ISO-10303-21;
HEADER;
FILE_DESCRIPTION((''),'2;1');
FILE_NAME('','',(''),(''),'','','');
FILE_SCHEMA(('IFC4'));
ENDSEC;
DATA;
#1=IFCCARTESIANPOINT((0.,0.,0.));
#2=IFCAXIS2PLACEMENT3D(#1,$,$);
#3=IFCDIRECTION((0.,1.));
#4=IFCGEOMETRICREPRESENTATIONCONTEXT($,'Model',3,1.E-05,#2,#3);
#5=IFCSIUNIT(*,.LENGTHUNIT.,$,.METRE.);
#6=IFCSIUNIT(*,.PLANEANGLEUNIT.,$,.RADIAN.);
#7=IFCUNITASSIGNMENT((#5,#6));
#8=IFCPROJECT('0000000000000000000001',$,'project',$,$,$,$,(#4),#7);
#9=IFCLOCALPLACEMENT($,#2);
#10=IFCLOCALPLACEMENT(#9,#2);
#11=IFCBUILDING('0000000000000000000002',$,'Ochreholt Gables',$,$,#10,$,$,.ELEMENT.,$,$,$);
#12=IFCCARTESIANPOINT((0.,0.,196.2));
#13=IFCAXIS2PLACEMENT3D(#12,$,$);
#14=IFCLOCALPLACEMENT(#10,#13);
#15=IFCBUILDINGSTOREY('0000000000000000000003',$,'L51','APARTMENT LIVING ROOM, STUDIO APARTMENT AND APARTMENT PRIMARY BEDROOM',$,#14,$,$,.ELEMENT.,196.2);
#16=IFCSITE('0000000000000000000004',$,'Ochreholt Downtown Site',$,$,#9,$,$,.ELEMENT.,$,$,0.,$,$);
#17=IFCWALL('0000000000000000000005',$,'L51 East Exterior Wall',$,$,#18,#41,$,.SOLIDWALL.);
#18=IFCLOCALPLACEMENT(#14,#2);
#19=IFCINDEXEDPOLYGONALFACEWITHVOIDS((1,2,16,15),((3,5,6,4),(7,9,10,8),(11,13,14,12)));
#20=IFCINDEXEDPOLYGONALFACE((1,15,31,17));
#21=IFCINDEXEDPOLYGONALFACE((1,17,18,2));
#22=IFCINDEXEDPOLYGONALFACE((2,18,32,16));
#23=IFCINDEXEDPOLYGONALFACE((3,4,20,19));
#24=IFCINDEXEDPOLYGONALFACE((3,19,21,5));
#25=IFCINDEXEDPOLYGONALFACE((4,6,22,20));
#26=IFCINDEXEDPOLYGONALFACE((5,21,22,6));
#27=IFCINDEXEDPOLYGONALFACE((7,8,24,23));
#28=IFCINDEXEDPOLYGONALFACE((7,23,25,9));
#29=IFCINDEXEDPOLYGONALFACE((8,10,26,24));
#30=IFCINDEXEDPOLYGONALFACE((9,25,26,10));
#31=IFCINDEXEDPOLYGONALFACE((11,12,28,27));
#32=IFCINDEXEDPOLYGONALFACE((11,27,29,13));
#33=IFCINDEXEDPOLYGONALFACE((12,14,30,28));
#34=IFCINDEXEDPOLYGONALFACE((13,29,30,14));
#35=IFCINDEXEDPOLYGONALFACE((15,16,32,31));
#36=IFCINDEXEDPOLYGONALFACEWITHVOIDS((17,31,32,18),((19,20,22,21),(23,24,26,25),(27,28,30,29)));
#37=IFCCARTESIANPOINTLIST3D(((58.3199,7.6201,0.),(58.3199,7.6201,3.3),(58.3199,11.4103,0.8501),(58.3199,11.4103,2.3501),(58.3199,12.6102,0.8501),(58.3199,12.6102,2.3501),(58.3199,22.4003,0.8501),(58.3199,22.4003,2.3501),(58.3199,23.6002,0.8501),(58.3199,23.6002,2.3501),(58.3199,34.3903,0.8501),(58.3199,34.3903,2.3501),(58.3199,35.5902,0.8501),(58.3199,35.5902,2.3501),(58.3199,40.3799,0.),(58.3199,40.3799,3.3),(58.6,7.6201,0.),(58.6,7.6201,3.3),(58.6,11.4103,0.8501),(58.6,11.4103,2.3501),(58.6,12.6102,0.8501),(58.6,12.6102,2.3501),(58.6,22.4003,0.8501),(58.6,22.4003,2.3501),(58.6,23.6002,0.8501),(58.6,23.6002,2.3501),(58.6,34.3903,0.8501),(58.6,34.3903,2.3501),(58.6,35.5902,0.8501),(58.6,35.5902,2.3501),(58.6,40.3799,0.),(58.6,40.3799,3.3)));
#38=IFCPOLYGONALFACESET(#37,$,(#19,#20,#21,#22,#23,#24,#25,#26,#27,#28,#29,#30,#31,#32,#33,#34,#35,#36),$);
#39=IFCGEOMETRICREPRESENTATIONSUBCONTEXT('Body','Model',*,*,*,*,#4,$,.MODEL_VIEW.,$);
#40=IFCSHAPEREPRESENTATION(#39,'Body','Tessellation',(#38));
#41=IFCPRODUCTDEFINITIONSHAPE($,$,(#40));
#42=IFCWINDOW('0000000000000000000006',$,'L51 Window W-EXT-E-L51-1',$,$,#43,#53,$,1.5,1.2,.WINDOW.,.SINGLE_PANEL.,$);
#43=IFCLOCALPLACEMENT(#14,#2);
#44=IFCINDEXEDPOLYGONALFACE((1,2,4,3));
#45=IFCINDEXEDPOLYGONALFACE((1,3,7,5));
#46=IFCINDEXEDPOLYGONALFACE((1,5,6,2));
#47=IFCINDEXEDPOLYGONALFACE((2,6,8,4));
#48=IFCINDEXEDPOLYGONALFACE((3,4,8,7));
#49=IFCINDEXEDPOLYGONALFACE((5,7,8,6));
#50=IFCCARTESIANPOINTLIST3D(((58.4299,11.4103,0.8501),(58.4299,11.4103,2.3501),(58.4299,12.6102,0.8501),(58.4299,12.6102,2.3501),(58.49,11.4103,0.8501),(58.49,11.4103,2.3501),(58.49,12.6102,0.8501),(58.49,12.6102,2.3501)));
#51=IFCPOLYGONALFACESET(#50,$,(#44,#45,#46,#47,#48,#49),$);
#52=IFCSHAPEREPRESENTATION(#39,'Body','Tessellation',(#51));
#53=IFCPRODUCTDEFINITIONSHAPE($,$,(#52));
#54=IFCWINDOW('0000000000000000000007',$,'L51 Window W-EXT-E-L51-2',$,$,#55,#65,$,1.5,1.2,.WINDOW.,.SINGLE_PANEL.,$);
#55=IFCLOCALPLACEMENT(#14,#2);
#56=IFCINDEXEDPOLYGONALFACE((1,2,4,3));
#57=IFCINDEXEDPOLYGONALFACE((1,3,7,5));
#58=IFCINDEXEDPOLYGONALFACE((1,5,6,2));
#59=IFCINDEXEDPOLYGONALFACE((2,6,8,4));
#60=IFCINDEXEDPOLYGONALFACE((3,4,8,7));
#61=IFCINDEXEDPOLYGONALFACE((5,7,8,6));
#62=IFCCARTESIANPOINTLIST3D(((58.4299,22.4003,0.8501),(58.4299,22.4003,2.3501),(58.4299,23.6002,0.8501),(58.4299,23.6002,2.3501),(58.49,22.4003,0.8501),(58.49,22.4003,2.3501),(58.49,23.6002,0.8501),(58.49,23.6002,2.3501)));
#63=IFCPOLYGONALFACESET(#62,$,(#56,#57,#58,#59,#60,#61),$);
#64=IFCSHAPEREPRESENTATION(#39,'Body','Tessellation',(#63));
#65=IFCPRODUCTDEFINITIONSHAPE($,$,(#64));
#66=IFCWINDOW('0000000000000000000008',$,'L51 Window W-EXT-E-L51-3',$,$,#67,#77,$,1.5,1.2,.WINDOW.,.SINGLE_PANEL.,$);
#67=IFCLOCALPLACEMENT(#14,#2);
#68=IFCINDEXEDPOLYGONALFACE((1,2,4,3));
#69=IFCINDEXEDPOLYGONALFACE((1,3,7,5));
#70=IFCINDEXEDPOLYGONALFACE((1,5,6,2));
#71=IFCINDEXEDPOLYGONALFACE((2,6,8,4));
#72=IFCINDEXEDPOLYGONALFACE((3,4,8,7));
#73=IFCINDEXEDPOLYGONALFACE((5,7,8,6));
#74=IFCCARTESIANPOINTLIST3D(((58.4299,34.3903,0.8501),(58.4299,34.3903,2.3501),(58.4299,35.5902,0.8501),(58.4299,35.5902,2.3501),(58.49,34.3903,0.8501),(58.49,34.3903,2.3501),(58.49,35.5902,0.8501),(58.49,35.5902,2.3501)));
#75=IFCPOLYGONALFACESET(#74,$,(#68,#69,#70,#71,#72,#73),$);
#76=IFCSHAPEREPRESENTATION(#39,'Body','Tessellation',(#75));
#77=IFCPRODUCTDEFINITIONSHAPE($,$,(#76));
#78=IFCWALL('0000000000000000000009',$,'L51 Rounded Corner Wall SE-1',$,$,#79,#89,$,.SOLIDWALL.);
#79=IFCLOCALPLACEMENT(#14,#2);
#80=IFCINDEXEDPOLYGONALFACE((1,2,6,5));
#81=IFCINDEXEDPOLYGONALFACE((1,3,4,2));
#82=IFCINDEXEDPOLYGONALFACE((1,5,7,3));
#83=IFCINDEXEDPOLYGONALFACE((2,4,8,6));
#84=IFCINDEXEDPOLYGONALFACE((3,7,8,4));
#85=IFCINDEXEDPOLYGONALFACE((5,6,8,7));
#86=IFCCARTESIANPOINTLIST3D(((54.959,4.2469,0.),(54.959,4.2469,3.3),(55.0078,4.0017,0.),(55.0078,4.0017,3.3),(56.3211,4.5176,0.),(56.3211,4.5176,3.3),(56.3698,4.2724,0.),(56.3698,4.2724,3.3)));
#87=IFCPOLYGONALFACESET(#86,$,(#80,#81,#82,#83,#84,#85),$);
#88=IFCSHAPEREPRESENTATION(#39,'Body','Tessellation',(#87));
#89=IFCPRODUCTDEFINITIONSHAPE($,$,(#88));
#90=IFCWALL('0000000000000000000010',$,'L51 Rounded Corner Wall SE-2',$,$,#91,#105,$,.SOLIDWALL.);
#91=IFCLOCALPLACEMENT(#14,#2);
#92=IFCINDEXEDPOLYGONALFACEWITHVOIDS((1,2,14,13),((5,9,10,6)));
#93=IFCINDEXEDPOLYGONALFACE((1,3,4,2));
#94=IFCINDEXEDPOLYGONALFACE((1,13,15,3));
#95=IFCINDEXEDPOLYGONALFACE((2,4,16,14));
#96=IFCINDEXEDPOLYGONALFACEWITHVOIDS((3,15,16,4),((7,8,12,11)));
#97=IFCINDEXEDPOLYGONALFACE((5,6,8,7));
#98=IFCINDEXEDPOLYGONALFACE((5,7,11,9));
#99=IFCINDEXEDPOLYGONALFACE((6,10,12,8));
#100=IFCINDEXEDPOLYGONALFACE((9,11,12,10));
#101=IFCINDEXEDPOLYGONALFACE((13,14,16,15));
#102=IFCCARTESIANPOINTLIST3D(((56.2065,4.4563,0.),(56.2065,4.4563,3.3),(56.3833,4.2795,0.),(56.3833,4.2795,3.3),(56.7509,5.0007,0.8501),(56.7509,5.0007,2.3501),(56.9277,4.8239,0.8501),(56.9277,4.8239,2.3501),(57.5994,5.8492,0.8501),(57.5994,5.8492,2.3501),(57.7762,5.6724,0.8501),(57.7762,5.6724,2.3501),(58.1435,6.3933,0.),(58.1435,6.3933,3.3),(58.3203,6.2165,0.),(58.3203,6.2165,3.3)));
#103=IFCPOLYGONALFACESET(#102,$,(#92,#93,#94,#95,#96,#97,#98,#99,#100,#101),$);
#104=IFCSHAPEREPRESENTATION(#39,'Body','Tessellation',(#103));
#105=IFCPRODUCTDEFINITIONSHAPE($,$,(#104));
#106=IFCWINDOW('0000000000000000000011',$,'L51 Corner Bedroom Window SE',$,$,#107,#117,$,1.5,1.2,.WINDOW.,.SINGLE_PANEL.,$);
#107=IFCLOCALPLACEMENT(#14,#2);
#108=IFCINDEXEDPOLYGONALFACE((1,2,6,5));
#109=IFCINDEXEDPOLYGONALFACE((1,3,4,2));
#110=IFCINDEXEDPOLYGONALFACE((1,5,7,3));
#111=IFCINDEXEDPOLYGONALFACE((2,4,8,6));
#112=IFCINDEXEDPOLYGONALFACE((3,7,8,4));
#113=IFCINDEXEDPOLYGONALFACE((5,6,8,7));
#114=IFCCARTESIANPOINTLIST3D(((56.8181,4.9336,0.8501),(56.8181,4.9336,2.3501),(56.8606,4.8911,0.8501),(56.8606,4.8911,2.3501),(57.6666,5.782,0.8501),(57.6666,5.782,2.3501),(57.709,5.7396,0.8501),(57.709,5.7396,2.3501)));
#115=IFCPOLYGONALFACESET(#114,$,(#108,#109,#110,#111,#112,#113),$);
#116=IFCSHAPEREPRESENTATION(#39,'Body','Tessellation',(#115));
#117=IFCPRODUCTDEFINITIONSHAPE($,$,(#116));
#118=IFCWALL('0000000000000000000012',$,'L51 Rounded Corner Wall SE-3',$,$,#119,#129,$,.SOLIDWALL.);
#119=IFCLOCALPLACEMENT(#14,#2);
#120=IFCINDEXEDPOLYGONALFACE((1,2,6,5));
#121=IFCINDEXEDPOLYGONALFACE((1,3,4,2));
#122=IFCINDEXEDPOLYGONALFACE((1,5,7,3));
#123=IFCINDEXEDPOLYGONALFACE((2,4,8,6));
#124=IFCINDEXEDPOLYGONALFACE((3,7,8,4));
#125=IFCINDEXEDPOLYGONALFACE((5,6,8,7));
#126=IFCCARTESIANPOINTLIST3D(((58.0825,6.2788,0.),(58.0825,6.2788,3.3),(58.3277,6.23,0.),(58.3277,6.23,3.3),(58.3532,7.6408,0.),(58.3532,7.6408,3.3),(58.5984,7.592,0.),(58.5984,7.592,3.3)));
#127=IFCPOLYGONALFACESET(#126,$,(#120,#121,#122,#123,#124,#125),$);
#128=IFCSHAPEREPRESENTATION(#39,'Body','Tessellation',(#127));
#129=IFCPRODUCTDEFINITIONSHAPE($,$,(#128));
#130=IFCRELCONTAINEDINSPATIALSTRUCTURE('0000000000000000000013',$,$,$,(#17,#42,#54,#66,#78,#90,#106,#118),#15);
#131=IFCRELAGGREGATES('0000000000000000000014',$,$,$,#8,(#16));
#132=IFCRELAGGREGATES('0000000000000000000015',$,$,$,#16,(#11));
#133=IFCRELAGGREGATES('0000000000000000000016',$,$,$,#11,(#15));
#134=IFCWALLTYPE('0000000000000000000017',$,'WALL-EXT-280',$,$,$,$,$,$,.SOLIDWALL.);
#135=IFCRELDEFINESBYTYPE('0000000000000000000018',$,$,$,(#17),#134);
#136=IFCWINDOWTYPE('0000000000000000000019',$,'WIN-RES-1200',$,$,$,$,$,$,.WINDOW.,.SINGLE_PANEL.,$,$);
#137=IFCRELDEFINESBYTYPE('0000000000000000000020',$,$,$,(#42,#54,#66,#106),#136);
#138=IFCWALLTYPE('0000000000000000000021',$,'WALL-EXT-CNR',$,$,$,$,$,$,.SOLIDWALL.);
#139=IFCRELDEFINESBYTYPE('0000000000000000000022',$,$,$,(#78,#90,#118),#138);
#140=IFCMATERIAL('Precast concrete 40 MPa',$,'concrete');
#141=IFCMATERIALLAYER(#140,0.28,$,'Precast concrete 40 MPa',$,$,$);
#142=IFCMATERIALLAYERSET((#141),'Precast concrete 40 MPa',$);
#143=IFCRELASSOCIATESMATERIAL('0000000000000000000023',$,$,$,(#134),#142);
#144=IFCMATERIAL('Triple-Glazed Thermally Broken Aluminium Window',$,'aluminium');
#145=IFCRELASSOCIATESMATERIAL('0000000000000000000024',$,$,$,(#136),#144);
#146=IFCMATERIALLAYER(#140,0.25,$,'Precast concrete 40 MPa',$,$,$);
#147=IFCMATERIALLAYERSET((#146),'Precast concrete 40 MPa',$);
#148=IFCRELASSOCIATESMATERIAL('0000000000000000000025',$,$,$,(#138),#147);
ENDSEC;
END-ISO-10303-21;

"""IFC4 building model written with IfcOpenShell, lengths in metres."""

from ifc_helpers import new_model, si_unit, direction, frame, frame_2d, origin, place, context, subcontext, project, spatial, rectangle, extrude, material, layer, layer_set, type_object, element, fill, save


model = new_model("IFC4")

# Units and contexts
model_context = context("Model", 3, precision=1e-05, world=origin(), true_north=direction((0.0, 1.0)))
body_context = subcontext(model_context, "Body", "Model", "MODEL_VIEW")
ifc_project = project(units=[si_unit("LENGTHUNIT", "METRE"), si_unit("PLANEANGLEUNIT", "RADIAN")], contexts=[model_context])

# Site, building, storey
site_placement = place(None, origin())
site = spatial("IfcSite", under=ifc_project, at=site_placement, Name="Ochreholt Downtown Site", CompositionType="ELEMENT", RefElevation=0.0)
building_placement = place(site_placement, origin())
building = spatial("IfcBuilding", under=site, at=building_placement, Name="Ochreholt Gables", CompositionType="ELEMENT")
storey_placement = place(building_placement, frame((0.0, 0.0, 196.2)))
storey = spatial("IfcBuildingStorey", under=building, at=storey_placement, Name="L51", Description="APARTMENT LIVING ROOM, STUDIO APARTMENT AND APARTMENT PRIMARY BEDROOM", CompositionType="ELEMENT", Elevation=196.2)

# Wall, openings, windows
ifc_material_1 = material(Name="Precast concrete 40 MPa", Category="concrete")
ifc_layer_1 = layer(ifc_material_1, 0.28, Name="Precast concrete 40 MPa")
ifc_layer_set_1 = layer_set([ifc_layer_1], Name="Precast concrete 40 MPa")
wall_type_1 = type_object("IfcWallType", Name="WALL-EXT-280", PredefinedType="SOLIDWALL", material=ifc_layer_set_1)
wall_1_placement = place(storey_placement, frame((58.46, 7.6201, 0.0), z_axis=(0.0, 0.0, 1.0), x_axis=(0.0, 1.0, 0.0)))
wall_1 = element("IfcWall", 1, at=wall_1_placement, inside=storey, type_object=wall_type_1, Name="L51 East Exterior Wall", PredefinedType="SOLIDWALL", context=body_context, shape_type="SweptSolid", body=[
    extrude(rectangle(XDim=32.7598, YDim=0.28, at=frame_2d((16.3799, 0.0))), origin(), (0.0, 0.0, 1.0), 3.3),
])
opening_1_placement = place(wall_1_placement, frame((3.79, 0.0, 0.8501)))
opening_1 = element("IfcOpeningElement", 2, at=opening_1_placement, cuts=wall_1, PredefinedType="OPENING", context=body_context, shape_type="SweptSolid", body=[
    extrude(rectangle(XDim=1.2, YDim=1.5, at=frame_2d((0.6001, 0.75))), frame((0.0, 0.1499, 0.0), z_axis=(0.0, -1.0, 0.0), x_axis=(1.0, 0.0, 0.0)), (0.0, 0.0, 1.0), 0.3),
])
opening_2_placement = place(wall_1_placement, frame((14.78, 0.0, 0.8501)))
opening_2 = element("IfcOpeningElement", 3, at=opening_2_placement, cuts=wall_1, PredefinedType="OPENING", context=body_context, shape_type="SweptSolid", body=[
    extrude(rectangle(XDim=1.2, YDim=1.5, at=frame_2d((0.6001, 0.75))), frame((0.0, 0.1499, 0.0), z_axis=(0.0, -1.0, 0.0), x_axis=(1.0, 0.0, 0.0)), (0.0, 0.0, 1.0), 0.3),
])
opening_3_placement = place(wall_1_placement, frame((26.77, 0.0, 0.8501)))
opening_3 = element("IfcOpeningElement", 4, at=opening_3_placement, cuts=wall_1, PredefinedType="OPENING", context=body_context, shape_type="SweptSolid", body=[
    extrude(rectangle(XDim=1.2, YDim=1.5, at=frame_2d((0.6001, 0.75))), frame((0.0, 0.1499, 0.0), z_axis=(0.0, -1.0, 0.0), x_axis=(1.0, 0.0, 0.0)), (0.0, 0.0, 1.0), 0.3),
])
ifc_material_2 = material(Name="Triple-Glazed Thermally Broken Aluminium Window", Category="aluminium")
window_type = type_object("IfcWindowType", Name="WIN-RES-1200", PartitioningType="SINGLE_PANEL", PredefinedType="WINDOW", material=ifc_material_2)
window_1_placement = place(opening_1_placement, origin())
window_1 = element("IfcWindow", 5, at=window_1_placement, inside=storey, type_object=window_type, Name="L51 Window W-EXT-E-L51-1", OverallHeight=1.5, OverallWidth=1.2, PartitioningType="SINGLE_PANEL", PredefinedType="WINDOW", context=body_context, shape_type="SweptSolid", body=[
    extrude(rectangle(XDim=1.2, YDim=1.5, at=frame_2d((0.6001, 0.75))), frame((0.0, 0.03, 0.0), z_axis=(0.0, -1.0, 0.0), x_axis=(1.0, 0.0, 0.0)), (0.0, 0.0, 1.0), 0.0601),
])
fill(opening_1, window_1)
window_2_placement = place(opening_2_placement, origin())
window_2 = element("IfcWindow", 6, at=window_2_placement, inside=storey, type_object=window_type, Name="L51 Window W-EXT-E-L51-2", OverallHeight=1.5, OverallWidth=1.2, PartitioningType="SINGLE_PANEL", PredefinedType="WINDOW", context=body_context, shape_type="SweptSolid", body=[
    extrude(rectangle(XDim=1.2, YDim=1.5, at=frame_2d((0.6001, 0.75))), frame((0.0, 0.03, 0.0), z_axis=(0.0, -1.0, 0.0), x_axis=(1.0, 0.0, 0.0)), (0.0, 0.0, 1.0), 0.0601),
])
fill(opening_2, window_2)
window_3_placement = place(opening_3_placement, origin())
window_3 = element("IfcWindow", 7, at=window_3_placement, inside=storey, type_object=window_type, Name="L51 Window W-EXT-E-L51-3", OverallHeight=1.5, OverallWidth=1.2, PartitioningType="SINGLE_PANEL", PredefinedType="WINDOW", context=body_context, shape_type="SweptSolid", body=[
    extrude(rectangle(XDim=1.2, YDim=1.5, at=frame_2d((0.6001, 0.75))), frame((0.0, 0.03, 0.0), z_axis=(0.0, -1.0, 0.0), x_axis=(1.0, 0.0, 0.0)), (0.0, 0.0, 1.0), 0.0601),
])
fill(opening_3, window_3)

# Wall
ifc_layer_2 = layer(ifc_material_1, 0.25, Name="Precast concrete 40 MPa")
ifc_layer_set_2 = layer_set([ifc_layer_2], Name="Precast concrete 40 MPa")
wall_type_2 = type_object("IfcWallType", Name="WALL-EXT-CNR", PredefinedType="SOLIDWALL", material=ifc_layer_set_2)
wall_2_placement = place(storey_placement, frame((54.9834, 4.1243, 0.0), z_axis=(0.0, 0.0, 1.0), x_axis=(0.98081, 0.194967, 0.0)))
element("IfcWall", 8, at=wall_2_placement, inside=storey, type_object=wall_type_2, Name="L51 Rounded Corner Wall SE-1", PredefinedType="SOLIDWALL", context=body_context, shape_type="SweptSolid", body=[
    extrude(rectangle(XDim=1.3887, YDim=0.25, at=frame_2d((0.6943, 0.0))), origin(), (0.0, 0.0, 1.0), 3.3),
])

# Wall, opening, window
wall_3_placement = place(storey_placement, frame((56.2949, 4.3679, 0.0), z_axis=(0.0, 0.0, 1.0), x_axis=(0.707107, 0.707107, 0.0)))
wall_3 = element("IfcWall", 9, at=wall_3_placement, inside=storey, type_object=wall_type_2, Name="L51 Rounded Corner Wall SE-2", PredefinedType="SOLIDWALL", context=body_context, shape_type="SweptSolid", body=[
    extrude(rectangle(XDim=2.7393, YDim=0.25, at=frame_2d((1.3696, 0.0))), origin(), (0.0, 0.0, 1.0), 3.3),
])
opening_4_placement = place(wall_3_placement, frame((0.7698, 0.0, 0.8501)))
opening_4 = element("IfcOpeningElement", 10, at=opening_4_placement, cuts=wall_3, PredefinedType="OPENING", context=body_context, shape_type="SweptSolid", body=[
    extrude(rectangle(XDim=1.2, YDim=1.5, at=frame_2d((0.6001, 0.75))), frame((0.0, 0.135, 0.0), z_axis=(0.0, -1.0, 0.0), x_axis=(1.0, 0.0, 0.0)), (0.0, 0.0, 1.0), 0.27),
])
window_4_placement = place(opening_4_placement, origin())
window_4 = element("IfcWindow", 11, at=window_4_placement, inside=storey, type_object=window_type, Name="L51 Corner Bedroom Window SE", OverallHeight=1.5, OverallWidth=1.2, PartitioningType="SINGLE_PANEL", PredefinedType="WINDOW", context=body_context, shape_type="SweptSolid", body=[
    extrude(rectangle(XDim=1.2, YDim=1.5, at=frame_2d((0.6001, 0.75))), frame((0.0, 0.03, 0.0), z_axis=(0.0, -1.0, 0.0), x_axis=(1.0, 0.0, 0.0)), (0.0, 0.0, 1.0), 0.0601),
])
fill(opening_4, window_4)

# Wall
wall_4_placement = place(storey_placement, frame((58.2051, 6.2544, 0.0), z_axis=(0.0, 0.0, 1.0), x_axis=(0.194967, 0.98081, 0.0)))
element("IfcWall", 12, at=wall_4_placement, inside=storey, type_object=wall_type_2, Name="L51 Rounded Corner Wall SE-3", PredefinedType="SOLIDWALL", context=body_context, shape_type="SweptSolid", body=[
    extrude(rectangle(XDim=1.3887, YDim=0.25, at=frame_2d((0.6943, 0.0))), origin(), (0.0, 0.0, 1.0), 3.3),
])

save(model, "model.ifc")
